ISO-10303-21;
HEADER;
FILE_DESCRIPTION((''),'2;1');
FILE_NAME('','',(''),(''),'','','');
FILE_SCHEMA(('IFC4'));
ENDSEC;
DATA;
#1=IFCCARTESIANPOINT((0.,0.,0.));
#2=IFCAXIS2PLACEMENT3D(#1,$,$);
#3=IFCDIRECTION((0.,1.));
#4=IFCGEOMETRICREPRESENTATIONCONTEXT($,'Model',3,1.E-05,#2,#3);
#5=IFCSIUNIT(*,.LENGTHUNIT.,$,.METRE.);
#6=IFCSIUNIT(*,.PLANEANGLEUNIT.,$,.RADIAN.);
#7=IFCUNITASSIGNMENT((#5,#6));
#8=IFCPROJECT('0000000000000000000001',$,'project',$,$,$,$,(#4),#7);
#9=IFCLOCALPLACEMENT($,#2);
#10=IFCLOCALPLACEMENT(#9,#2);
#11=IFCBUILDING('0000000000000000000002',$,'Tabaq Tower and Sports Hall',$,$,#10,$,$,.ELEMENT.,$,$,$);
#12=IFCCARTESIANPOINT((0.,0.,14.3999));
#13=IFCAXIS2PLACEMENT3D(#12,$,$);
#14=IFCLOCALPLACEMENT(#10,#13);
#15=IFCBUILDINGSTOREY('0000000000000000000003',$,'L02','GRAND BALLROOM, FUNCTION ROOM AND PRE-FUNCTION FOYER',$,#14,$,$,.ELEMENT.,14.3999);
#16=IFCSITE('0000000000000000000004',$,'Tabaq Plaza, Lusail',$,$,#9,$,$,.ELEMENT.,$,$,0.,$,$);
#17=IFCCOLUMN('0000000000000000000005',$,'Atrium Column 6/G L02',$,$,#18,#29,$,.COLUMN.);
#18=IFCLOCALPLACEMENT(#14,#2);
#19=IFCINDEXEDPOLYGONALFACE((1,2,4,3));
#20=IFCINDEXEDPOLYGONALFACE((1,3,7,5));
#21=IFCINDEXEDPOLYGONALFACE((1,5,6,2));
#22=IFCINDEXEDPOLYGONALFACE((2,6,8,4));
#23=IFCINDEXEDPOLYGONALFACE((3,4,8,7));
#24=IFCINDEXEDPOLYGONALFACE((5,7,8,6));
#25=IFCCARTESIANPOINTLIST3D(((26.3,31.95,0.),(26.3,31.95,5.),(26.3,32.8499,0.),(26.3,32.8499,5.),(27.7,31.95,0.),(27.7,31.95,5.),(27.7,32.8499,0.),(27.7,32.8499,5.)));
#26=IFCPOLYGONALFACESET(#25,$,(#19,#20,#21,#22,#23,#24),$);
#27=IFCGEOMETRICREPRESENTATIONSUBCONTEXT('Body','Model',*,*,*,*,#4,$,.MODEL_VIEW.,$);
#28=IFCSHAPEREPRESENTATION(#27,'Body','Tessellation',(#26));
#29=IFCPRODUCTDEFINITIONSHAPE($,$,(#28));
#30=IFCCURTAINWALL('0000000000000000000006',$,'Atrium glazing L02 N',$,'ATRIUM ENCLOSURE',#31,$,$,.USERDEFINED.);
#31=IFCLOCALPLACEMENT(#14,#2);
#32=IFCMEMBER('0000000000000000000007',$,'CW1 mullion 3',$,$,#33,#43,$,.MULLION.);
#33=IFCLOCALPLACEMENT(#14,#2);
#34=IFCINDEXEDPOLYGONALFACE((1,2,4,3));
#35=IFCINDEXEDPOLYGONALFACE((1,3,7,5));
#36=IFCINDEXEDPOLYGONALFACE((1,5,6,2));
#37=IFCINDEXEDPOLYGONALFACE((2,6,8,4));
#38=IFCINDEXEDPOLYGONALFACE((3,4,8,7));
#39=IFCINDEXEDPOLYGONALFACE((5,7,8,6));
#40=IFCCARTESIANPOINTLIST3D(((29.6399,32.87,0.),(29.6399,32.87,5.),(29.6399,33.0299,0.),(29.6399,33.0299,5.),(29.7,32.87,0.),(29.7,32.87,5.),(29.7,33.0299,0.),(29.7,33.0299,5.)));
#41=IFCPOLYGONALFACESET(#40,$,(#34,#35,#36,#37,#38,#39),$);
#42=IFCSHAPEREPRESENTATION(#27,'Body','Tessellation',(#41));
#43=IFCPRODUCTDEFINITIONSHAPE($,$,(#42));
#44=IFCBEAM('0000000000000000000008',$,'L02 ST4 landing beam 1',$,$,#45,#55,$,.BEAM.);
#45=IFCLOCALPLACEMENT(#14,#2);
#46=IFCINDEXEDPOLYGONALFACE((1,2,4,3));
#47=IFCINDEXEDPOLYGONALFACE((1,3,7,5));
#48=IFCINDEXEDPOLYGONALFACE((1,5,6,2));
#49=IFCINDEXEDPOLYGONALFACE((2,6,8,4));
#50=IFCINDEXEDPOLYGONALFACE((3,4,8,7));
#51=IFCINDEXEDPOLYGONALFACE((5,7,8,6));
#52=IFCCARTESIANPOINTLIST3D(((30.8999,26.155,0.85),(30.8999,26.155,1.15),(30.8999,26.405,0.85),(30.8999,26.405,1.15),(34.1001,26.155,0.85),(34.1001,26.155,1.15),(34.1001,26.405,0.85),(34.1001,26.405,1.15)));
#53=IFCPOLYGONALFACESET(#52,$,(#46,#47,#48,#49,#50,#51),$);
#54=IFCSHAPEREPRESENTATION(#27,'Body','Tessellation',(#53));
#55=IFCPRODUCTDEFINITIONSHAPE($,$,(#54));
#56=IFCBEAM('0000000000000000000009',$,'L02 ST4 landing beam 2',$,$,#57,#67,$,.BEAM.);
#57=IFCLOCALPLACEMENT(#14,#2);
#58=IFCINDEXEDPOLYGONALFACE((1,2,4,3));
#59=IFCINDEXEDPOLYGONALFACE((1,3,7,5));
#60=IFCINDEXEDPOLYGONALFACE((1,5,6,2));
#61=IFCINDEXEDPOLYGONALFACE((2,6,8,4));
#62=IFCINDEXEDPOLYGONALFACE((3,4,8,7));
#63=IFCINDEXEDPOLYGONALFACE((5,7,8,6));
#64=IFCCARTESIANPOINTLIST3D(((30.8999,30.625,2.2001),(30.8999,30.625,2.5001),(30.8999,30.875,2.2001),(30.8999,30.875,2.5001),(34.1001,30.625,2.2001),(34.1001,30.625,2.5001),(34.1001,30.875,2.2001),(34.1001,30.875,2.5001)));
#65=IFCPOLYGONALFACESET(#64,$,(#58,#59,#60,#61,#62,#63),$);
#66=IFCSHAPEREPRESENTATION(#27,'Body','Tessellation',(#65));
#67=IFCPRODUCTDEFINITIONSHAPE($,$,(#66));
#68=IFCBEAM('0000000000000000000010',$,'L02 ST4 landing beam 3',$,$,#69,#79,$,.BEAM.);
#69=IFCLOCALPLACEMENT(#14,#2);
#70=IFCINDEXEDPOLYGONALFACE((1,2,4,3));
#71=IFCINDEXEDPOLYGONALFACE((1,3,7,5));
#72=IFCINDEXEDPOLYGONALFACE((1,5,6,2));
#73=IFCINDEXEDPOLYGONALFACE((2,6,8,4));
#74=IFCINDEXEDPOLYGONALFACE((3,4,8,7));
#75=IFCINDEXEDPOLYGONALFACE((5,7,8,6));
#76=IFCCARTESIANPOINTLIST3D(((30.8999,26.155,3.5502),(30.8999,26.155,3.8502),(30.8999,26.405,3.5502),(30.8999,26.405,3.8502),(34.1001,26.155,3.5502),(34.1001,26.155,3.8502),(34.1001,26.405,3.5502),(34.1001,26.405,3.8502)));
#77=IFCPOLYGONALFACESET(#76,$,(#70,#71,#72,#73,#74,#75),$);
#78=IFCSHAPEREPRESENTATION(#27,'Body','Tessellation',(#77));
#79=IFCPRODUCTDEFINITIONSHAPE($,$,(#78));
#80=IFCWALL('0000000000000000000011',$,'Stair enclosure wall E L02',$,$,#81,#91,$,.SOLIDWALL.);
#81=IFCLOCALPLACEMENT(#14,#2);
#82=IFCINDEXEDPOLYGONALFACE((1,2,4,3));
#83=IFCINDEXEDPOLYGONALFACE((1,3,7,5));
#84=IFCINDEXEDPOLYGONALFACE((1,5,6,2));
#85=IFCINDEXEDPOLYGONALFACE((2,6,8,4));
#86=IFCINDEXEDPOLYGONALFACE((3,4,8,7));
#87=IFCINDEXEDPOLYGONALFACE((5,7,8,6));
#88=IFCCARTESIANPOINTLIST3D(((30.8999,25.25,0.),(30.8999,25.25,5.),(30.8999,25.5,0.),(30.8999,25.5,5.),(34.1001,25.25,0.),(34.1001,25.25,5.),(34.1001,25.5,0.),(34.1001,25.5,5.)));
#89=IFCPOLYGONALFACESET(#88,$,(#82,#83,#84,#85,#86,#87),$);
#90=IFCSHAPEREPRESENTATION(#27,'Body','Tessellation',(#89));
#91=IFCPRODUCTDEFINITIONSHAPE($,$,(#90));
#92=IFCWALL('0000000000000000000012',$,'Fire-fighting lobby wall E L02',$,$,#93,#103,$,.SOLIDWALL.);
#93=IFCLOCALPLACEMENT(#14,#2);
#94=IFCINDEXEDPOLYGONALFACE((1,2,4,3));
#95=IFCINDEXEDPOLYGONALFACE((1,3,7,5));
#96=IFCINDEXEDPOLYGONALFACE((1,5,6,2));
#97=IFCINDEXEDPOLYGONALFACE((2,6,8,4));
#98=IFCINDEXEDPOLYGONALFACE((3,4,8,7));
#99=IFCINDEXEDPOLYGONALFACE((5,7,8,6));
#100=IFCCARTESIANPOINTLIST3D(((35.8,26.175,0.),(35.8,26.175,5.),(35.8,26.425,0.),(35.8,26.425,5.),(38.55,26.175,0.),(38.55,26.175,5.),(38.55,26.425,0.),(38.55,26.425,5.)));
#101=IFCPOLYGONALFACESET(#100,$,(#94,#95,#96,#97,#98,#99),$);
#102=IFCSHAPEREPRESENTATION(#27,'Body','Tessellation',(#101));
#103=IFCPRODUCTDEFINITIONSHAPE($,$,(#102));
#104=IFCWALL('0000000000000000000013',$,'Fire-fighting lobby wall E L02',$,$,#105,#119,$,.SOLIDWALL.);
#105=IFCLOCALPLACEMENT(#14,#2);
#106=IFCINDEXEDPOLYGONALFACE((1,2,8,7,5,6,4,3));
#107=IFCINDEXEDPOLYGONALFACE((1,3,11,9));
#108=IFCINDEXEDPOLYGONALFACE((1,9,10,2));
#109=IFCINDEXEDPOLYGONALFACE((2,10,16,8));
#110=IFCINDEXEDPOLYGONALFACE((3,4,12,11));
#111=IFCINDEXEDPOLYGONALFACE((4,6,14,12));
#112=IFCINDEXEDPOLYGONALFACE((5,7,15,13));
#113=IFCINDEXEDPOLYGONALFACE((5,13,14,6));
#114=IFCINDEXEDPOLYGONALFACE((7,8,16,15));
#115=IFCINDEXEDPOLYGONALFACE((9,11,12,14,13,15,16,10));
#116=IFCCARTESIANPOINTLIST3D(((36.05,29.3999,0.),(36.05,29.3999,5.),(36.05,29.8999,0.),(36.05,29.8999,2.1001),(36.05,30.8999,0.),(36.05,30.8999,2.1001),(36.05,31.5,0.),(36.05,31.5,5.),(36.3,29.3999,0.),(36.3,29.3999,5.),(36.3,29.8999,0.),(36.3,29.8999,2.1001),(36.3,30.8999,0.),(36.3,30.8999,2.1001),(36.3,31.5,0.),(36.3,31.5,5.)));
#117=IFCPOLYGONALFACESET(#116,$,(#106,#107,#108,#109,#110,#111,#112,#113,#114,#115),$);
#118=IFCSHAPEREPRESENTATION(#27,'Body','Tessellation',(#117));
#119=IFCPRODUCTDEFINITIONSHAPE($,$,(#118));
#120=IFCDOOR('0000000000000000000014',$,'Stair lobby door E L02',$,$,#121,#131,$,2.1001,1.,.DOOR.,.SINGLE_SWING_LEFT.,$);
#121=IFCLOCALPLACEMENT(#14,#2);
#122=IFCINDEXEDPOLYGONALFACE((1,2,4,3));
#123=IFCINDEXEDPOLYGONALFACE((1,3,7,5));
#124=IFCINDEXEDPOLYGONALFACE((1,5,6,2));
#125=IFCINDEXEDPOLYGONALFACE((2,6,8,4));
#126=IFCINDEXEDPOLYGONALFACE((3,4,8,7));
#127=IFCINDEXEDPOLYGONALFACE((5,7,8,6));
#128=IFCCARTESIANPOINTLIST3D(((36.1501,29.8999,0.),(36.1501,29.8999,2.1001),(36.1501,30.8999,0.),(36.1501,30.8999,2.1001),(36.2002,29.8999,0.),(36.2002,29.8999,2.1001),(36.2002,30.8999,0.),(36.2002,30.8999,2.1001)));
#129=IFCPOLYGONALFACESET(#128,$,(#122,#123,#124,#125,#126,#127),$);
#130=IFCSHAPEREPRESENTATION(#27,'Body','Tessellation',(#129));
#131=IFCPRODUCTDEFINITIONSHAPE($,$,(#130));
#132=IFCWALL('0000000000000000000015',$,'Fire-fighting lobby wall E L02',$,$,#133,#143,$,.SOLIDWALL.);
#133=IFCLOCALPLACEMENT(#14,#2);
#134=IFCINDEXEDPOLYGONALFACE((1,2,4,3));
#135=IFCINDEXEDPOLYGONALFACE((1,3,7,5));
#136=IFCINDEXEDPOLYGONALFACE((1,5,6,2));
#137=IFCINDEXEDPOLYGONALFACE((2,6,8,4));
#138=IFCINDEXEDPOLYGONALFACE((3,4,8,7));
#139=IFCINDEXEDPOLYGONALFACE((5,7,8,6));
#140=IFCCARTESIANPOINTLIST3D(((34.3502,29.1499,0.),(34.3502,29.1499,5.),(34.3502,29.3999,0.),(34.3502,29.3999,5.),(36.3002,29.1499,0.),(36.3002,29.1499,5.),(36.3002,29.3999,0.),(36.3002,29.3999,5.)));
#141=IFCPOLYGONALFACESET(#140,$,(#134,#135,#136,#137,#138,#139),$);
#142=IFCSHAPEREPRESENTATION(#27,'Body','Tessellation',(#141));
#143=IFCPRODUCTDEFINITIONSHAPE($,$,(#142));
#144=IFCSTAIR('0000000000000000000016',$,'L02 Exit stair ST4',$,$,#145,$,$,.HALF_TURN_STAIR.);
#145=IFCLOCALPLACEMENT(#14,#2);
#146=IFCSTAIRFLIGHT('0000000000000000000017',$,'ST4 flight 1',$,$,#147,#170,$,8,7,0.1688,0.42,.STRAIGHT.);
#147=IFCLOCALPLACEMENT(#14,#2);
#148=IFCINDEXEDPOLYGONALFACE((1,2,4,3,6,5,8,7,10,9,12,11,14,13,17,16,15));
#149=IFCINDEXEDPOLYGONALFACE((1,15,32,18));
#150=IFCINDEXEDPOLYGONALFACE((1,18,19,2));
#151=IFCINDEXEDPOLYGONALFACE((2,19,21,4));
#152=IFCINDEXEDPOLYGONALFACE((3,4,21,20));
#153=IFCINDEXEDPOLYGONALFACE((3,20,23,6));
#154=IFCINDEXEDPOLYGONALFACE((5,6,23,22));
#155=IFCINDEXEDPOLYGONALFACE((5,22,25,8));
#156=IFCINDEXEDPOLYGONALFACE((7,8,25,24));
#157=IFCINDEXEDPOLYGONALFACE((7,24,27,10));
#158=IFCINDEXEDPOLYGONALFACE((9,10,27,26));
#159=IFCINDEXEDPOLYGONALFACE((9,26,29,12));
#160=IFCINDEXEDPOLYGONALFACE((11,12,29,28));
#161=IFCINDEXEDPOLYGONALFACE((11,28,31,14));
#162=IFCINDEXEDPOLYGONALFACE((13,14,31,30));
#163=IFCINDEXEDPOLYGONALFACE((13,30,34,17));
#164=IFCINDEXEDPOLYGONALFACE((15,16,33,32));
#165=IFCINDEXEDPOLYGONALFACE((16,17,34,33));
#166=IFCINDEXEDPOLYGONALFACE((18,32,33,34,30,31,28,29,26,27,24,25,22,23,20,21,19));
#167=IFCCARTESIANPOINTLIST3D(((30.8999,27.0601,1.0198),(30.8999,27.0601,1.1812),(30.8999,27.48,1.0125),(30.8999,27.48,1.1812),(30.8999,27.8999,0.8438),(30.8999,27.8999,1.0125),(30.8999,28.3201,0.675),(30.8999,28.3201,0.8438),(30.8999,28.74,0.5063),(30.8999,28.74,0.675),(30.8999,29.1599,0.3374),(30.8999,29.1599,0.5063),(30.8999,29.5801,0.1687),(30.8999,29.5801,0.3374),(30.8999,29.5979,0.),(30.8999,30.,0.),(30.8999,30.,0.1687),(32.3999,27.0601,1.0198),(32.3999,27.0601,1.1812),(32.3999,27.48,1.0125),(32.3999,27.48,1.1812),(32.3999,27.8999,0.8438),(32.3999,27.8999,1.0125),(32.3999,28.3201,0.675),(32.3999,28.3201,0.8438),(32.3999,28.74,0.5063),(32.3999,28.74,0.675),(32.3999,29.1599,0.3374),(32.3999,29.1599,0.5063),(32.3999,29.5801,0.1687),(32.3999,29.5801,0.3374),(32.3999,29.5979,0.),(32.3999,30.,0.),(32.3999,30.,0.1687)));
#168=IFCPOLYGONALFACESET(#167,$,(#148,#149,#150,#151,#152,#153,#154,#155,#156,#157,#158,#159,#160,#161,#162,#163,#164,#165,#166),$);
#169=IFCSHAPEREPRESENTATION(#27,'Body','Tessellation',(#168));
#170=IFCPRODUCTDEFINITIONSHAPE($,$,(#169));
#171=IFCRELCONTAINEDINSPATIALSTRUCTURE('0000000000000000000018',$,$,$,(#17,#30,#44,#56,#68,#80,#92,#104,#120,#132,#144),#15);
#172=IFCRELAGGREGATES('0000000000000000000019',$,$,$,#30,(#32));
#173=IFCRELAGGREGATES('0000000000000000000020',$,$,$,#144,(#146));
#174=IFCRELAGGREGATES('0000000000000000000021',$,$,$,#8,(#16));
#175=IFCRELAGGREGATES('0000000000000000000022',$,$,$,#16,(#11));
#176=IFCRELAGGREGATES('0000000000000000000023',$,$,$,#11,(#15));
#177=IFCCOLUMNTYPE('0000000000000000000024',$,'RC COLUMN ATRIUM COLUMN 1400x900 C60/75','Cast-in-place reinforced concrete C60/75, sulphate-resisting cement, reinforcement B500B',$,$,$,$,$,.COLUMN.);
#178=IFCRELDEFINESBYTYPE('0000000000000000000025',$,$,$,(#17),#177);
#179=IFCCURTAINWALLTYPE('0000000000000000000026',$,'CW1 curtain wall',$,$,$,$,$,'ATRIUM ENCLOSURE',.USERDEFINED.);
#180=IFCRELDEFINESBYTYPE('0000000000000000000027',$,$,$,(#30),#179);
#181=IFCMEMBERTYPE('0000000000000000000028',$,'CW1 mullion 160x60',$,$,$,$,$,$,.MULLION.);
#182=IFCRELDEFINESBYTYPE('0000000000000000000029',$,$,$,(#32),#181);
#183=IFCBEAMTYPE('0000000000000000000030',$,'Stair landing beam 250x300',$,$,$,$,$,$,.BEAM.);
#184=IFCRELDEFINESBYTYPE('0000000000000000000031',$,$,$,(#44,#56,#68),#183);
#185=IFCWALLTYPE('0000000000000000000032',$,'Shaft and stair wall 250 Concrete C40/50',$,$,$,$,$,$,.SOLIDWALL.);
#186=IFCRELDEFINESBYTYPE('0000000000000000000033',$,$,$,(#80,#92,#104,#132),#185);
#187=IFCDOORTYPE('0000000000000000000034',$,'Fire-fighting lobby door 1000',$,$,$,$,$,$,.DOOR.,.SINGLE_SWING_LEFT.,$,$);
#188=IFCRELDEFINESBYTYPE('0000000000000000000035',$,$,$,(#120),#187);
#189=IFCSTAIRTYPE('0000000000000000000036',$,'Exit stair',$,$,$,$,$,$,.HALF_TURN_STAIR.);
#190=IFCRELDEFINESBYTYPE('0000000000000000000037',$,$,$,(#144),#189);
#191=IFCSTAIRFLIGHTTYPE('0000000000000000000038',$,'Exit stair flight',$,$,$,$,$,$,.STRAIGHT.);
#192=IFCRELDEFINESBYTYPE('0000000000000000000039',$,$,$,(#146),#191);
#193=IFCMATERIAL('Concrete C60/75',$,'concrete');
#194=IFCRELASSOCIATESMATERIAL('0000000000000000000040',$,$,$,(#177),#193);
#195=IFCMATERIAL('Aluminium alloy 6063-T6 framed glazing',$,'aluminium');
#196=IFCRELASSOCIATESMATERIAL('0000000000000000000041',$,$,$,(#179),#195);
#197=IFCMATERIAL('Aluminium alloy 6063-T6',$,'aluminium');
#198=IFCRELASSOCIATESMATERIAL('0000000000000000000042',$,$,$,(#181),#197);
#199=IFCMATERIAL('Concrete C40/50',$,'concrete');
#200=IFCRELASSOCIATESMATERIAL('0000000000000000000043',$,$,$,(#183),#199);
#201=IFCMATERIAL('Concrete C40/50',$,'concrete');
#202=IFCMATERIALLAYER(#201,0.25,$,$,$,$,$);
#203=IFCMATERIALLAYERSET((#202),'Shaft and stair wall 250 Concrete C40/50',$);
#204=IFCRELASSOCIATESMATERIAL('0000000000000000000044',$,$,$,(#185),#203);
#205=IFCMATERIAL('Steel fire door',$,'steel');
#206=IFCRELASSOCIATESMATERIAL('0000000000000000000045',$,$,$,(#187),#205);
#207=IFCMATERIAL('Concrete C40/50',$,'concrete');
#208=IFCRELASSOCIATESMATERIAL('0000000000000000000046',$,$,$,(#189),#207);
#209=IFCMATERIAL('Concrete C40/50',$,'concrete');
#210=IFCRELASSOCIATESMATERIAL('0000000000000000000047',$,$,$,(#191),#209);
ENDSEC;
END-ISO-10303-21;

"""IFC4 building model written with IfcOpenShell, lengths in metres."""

from ifc_helpers import new_model, si_unit, direction, frame, frame_2d, origin, origin_2d, place, context, subcontext, project, spatial, polyline, rectangle, outline, extrude, material, layer, layer_set, material_profile, profile_set, type_object, element, fill, aggregate, save


model = new_model("IFC4")

# Units and contexts
model_context = context("Model", 3, precision=1e-05, world=origin(), true_north=direction((0.0, 1.0)))
body_context = subcontext(model_context, "Body", "Model", "MODEL_VIEW")
ifc_project = project(units=[si_unit("LENGTHUNIT", "METRE"), si_unit("PLANEANGLEUNIT", "RADIAN")], contexts=[model_context])

# Site, building, storey
site_placement = place(None, origin())
site = spatial("IfcSite", under=ifc_project, at=site_placement, Name="Tabaq Plaza, Lusail", CompositionType="ELEMENT", RefElevation=0.0)
building_placement = place(site_placement, origin())
building = spatial("IfcBuilding", under=site, at=building_placement, Name="Tabaq Tower and Sports Hall", CompositionType="ELEMENT")
storey_placement = place(building_placement, frame((0.0, 0.0, 14.3999)))
storey = spatial("IfcBuildingStorey", under=building, at=storey_placement, Name="L02", Description="GRAND BALLROOM, FUNCTION ROOM AND PRE-FUNCTION FOYER", CompositionType="ELEMENT", Elevation=14.3999)

# Column
ifc_material_1 = material(Name="Concrete C60/75", Category="concrete")
ifc_material_profile_1 = material_profile(ifc_material_1, rectangle(XDim=1.3999, YDim=0.8999, at=origin_2d()), Name="ATRIUM COLUMN 1400x900")
ifc_profile_set_1 = profile_set([ifc_material_profile_1], Name="Concrete C60/75")
column_type = type_object("IfcColumnType", Name="RC COLUMN ATRIUM COLUMN 1400x900 C60/75", Description="Cast-in-place reinforced concrete C60/75, sulphate-resisting cement, reinforcement B500B", PredefinedType="COLUMN", material=ifc_profile_set_1)
column_placement = place(storey_placement, frame((27.0, 32.3999, 0.0), z_axis=(0.0, 0.0, 1.0), x_axis=(1.0, 0.0, 0.0)))
element("IfcColumn", 1, at=column_placement, inside=storey, type_object=column_type, Name="Atrium Column 6/G L02", PredefinedType="COLUMN", context=body_context, shape_type="SweptSolid", body=[
    extrude(rectangle(XDim=1.3999, YDim=0.8999, at=origin_2d()), origin(), (0.0, 0.0, 1.0), 5.0),
])

# Curtain wall, member
ifc_material_2 = material(Name="Aluminium alloy 6063-T6 framed glazing", Category="aluminium")
curtain_wall_type = type_object("IfcCurtainWallType", Name="CW1 curtain wall", ElementType="ATRIUM ENCLOSURE", PredefinedType="USERDEFINED", material=ifc_material_2)
curtain_wall_placement = place(storey_placement, origin())
curtain_wall = element("IfcCurtainWall", 2, at=curtain_wall_placement, inside=storey, type_object=curtain_wall_type, Name="Atrium glazing L02 N", ObjectType="ATRIUM ENCLOSURE", PredefinedType="USERDEFINED")
ifc_material_3 = material(Name="Aluminium alloy 6063-T6", Category="aluminium")
ifc_material_profile_2 = material_profile(ifc_material_3, rectangle(XDim=0.1599, YDim=0.0601, at=origin_2d()), Name="MULLION 160x60")
ifc_profile_set_2 = profile_set([ifc_material_profile_2], Name="Aluminium alloy 6063-T6")
member_type = type_object("IfcMemberType", Name="CW1 mullion 160x60", PredefinedType="MULLION", material=ifc_profile_set_2)
member_placement = place(storey_placement, frame((29.6699, 32.95, 0.0), z_axis=(0.0, 0.0, 1.0), x_axis=(0.0, 1.0, 0.0)))
member = element("IfcMember", 3, at=member_placement, type_object=member_type, Name="CW1 mullion 3", PredefinedType="MULLION", context=body_context, shape_type="SweptSolid", body=[
    extrude(rectangle(XDim=0.1599, YDim=0.0601, at=origin_2d()), origin(), (0.0, 0.0, 1.0), 5.0),
])
aggregate(curtain_wall, [member])

# Beams
ifc_material_4 = material(Name="Concrete C40/50", Category="concrete")
ifc_material_profile_3 = material_profile(ifc_material_4, rectangle(XDim=0.25, YDim=0.3, at=origin_2d()), Name="RC 250x300")
ifc_profile_set_3 = profile_set([ifc_material_profile_3], Name="Concrete C40/50")
beam_type = type_object("IfcBeamType", Name="Stair landing beam 250x300", PredefinedType="BEAM", material=ifc_profile_set_3)
for number, where, z_axis, x_axis, name in (
    (4, (30.8999, 26.28, 1.0), (1.0, 0.0, 0.0), (0.0, 1.0, 0.0), "L02 ST4 landing beam 1"),
    (5, (30.8999, 30.75, 2.3501), (1.0, 0.0, 0.0), (0.0, 1.0, 0.0), "L02 ST4 landing beam 2"),
    (6, (30.8999, 26.28, 3.7002), (1.0, 0.0, 0.0), (0.0, 1.0, 0.0), "L02 ST4 landing beam 3"),
):
    element("IfcBeam", number, at=place(storey_placement, frame(where, z_axis=z_axis, x_axis=x_axis)), inside=storey, type_object=beam_type, Name=name, PredefinedType="BEAM", context=body_context, shape_type="SweptSolid", body=[
        extrude(rectangle(XDim=0.25, YDim=0.3, at=origin_2d()), origin(), (0.0, 0.0, 1.0), 3.2002),
    ])

# Walls
ifc_material_5 = material(Name="Concrete C40/50", Category="concrete")
ifc_layer_1 = layer(ifc_material_5, 0.25)
ifc_layer_set_1 = layer_set([ifc_layer_1], Name="Shaft and stair wall 250 Concrete C40/50")
wall_type_1 = type_object("IfcWallType", Name="Shaft and stair wall 250 Concrete C40/50", PredefinedType="SOLIDWALL", material=ifc_layer_set_1)
wall_1_placement = place(storey_placement, frame((30.8999, 25.375, 0.0), z_axis=(0.0, 0.0, 1.0), x_axis=(1.0, 0.0, 0.0)))
element("IfcWall", 7, at=wall_1_placement, inside=storey, type_object=wall_type_1, Name="Stair enclosure wall E L02", PredefinedType="SOLIDWALL", context=body_context, shape_type="SweptSolid", body=[
    extrude(rectangle(XDim=3.2002, YDim=0.25, at=frame_2d((1.6001, 0.0))), origin(), (0.0, 0.0, 1.0), 5.0),
])
wall_2_placement = place(storey_placement, frame((35.8, 26.3, 0.0), z_axis=(0.0, 0.0, 1.0), x_axis=(1.0, 0.0, 0.0)))
element("IfcWall", 8, at=wall_2_placement, inside=storey, type_object=wall_type_1, Name="Fire-fighting lobby wall E L02", PredefinedType="SOLIDWALL", context=body_context, shape_type="SweptSolid", body=[
    extrude(rectangle(XDim=2.75, YDim=0.25, at=frame_2d((1.375, 0.0))), origin(), (0.0, 0.0, 1.0), 5.0),
])

# Wall, opening, door
wall_3_placement = place(storey_placement, frame((36.175, 29.3999, 0.0), z_axis=(0.0, 0.0, 1.0), x_axis=(0.0, 1.0, 0.0)))
wall_3 = element("IfcWall", 9, at=wall_3_placement, inside=storey, type_object=wall_type_1, Name="Fire-fighting lobby wall E L02", PredefinedType="SOLIDWALL", context=body_context, shape_type="SweptSolid", body=[
    extrude(rectangle(XDim=2.1001, YDim=0.25, at=frame_2d((1.05, 0.0))), origin(), (0.0, 0.0, 1.0), 5.0),
])
opening_1_placement = place(wall_3_placement, frame((0.5, 0.0, 0.0)))
opening_1 = element("IfcOpeningElement", 10, at=opening_1_placement, cuts=wall_3, PredefinedType="OPENING", context=body_context, shape_type="SweptSolid", body=[
    extrude(rectangle(XDim=1.0, YDim=2.1001, at=frame_2d((0.5, 1.05))), frame((0.0, 0.125, 0.0), z_axis=(0.0, -1.0, 0.0), x_axis=(1.0, 0.0, 0.0)), (0.0, 0.0, 1.0), 0.25),
])
ifc_material_6 = material(Name="Steel fire door", Category="steel")
door_type_1 = type_object("IfcDoorType", Name="Fire-fighting lobby door 1000", OperationType="SINGLE_SWING_LEFT", PredefinedType="DOOR", material=ifc_material_6)
door_1_placement = place(opening_1_placement, origin())
door_1 = element("IfcDoor", 11, at=door_1_placement, inside=storey, type_object=door_type_1, Name="Stair lobby door E L02", OperationType="SINGLE_SWING_LEFT", OverallHeight=2.1001, OverallWidth=1.0, PredefinedType="DOOR", context=body_context, shape_type="SweptSolid", body=[
    extrude(rectangle(XDim=1.0, YDim=2.1001, at=frame_2d((0.5, 1.05))), frame((0.0, 0.0249, 0.0), z_axis=(0.0, -1.0, 0.0), x_axis=(1.0, 0.0, 0.0)), (0.0, 0.0, 1.0), 0.05),
])
fill(opening_1, door_1)

# Wall
wall_4_placement = place(storey_placement, frame((34.3501, 29.2749, 0.0), z_axis=(0.0, 0.0, 1.0), x_axis=(1.0, 0.0, 0.0)))
element("IfcWall", 12, at=wall_4_placement, inside=storey, type_object=wall_type_1, Name="Fire-fighting lobby wall E L02", PredefinedType="SOLIDWALL", context=body_context, shape_type="SweptSolid", body=[
    extrude(rectangle(XDim=1.95, YDim=0.25, at=frame_2d((0.9751, 0.0))), origin(), (0.0, 0.0, 1.0), 5.0),
])

# Stair, stair flight
ifc_material_7 = material(Name="Concrete C40/50", Category="concrete")
stair_type = type_object("IfcStairType", Name="Exit stair", PredefinedType="HALF_TURN_STAIR", material=ifc_material_7)
stair_placement = place(storey_placement, origin())
stair = element("IfcStair", 13, at=stair_placement, inside=storey, type_object=stair_type, Name="L02 Exit stair ST4", PredefinedType="HALF_TURN_STAIR")
ifc_material_8 = material(Name="Concrete C40/50", Category="concrete")
stair_flight_type = type_object("IfcStairFlightType", Name="Exit stair flight", PredefinedType="STRAIGHT", material=ifc_material_8)
stair_flight_1_placement = place(storey_placement, frame((31.6499, 30.0, 0.0), z_axis=(0.0, 0.0, 1.0), x_axis=(0.0, -1.0, 0.0)))
stair_flight_1 = element("IfcStairFlight", 14, at=stair_flight_1_placement, type_object=stair_flight_type, Name="ST4 flight 1", NumberOfRisers=8, NumberOfTreads=7, PredefinedType="STRAIGHT", RiserHeight=0.1688, TreadLength=0.42, context=body_context, shape_type="SweptSolid", body=[
    extrude(outline(polyline([(0.0, 0.0), (0.0, 0.1687), (0.4199, 0.1687), (0.4199, 0.3374), (0.8401, 0.3374), (0.8401, 0.5063), (1.26, 0.5063), (1.26, 0.675), (1.6799, 0.675), (1.6799, 0.8438), (2.1001, 0.8438), (2.1001, 1.0125), (2.52, 1.0125), (2.52, 1.1812), (2.9399, 1.1812), (2.9399, 1.3501), (2.9399, 1.0198), (0.4021, 0.0), (0.0, 0.0)])), frame((0.0, 0.75, 0.0), z_axis=(0.0, -1.0, 0.0), x_axis=(1.0, 0.0, 0.0)), (0.0, 0.0, 1.0), 1.5),
])
aggregate(stair, [stair_flight_1])

save(model, "model.ifc")
